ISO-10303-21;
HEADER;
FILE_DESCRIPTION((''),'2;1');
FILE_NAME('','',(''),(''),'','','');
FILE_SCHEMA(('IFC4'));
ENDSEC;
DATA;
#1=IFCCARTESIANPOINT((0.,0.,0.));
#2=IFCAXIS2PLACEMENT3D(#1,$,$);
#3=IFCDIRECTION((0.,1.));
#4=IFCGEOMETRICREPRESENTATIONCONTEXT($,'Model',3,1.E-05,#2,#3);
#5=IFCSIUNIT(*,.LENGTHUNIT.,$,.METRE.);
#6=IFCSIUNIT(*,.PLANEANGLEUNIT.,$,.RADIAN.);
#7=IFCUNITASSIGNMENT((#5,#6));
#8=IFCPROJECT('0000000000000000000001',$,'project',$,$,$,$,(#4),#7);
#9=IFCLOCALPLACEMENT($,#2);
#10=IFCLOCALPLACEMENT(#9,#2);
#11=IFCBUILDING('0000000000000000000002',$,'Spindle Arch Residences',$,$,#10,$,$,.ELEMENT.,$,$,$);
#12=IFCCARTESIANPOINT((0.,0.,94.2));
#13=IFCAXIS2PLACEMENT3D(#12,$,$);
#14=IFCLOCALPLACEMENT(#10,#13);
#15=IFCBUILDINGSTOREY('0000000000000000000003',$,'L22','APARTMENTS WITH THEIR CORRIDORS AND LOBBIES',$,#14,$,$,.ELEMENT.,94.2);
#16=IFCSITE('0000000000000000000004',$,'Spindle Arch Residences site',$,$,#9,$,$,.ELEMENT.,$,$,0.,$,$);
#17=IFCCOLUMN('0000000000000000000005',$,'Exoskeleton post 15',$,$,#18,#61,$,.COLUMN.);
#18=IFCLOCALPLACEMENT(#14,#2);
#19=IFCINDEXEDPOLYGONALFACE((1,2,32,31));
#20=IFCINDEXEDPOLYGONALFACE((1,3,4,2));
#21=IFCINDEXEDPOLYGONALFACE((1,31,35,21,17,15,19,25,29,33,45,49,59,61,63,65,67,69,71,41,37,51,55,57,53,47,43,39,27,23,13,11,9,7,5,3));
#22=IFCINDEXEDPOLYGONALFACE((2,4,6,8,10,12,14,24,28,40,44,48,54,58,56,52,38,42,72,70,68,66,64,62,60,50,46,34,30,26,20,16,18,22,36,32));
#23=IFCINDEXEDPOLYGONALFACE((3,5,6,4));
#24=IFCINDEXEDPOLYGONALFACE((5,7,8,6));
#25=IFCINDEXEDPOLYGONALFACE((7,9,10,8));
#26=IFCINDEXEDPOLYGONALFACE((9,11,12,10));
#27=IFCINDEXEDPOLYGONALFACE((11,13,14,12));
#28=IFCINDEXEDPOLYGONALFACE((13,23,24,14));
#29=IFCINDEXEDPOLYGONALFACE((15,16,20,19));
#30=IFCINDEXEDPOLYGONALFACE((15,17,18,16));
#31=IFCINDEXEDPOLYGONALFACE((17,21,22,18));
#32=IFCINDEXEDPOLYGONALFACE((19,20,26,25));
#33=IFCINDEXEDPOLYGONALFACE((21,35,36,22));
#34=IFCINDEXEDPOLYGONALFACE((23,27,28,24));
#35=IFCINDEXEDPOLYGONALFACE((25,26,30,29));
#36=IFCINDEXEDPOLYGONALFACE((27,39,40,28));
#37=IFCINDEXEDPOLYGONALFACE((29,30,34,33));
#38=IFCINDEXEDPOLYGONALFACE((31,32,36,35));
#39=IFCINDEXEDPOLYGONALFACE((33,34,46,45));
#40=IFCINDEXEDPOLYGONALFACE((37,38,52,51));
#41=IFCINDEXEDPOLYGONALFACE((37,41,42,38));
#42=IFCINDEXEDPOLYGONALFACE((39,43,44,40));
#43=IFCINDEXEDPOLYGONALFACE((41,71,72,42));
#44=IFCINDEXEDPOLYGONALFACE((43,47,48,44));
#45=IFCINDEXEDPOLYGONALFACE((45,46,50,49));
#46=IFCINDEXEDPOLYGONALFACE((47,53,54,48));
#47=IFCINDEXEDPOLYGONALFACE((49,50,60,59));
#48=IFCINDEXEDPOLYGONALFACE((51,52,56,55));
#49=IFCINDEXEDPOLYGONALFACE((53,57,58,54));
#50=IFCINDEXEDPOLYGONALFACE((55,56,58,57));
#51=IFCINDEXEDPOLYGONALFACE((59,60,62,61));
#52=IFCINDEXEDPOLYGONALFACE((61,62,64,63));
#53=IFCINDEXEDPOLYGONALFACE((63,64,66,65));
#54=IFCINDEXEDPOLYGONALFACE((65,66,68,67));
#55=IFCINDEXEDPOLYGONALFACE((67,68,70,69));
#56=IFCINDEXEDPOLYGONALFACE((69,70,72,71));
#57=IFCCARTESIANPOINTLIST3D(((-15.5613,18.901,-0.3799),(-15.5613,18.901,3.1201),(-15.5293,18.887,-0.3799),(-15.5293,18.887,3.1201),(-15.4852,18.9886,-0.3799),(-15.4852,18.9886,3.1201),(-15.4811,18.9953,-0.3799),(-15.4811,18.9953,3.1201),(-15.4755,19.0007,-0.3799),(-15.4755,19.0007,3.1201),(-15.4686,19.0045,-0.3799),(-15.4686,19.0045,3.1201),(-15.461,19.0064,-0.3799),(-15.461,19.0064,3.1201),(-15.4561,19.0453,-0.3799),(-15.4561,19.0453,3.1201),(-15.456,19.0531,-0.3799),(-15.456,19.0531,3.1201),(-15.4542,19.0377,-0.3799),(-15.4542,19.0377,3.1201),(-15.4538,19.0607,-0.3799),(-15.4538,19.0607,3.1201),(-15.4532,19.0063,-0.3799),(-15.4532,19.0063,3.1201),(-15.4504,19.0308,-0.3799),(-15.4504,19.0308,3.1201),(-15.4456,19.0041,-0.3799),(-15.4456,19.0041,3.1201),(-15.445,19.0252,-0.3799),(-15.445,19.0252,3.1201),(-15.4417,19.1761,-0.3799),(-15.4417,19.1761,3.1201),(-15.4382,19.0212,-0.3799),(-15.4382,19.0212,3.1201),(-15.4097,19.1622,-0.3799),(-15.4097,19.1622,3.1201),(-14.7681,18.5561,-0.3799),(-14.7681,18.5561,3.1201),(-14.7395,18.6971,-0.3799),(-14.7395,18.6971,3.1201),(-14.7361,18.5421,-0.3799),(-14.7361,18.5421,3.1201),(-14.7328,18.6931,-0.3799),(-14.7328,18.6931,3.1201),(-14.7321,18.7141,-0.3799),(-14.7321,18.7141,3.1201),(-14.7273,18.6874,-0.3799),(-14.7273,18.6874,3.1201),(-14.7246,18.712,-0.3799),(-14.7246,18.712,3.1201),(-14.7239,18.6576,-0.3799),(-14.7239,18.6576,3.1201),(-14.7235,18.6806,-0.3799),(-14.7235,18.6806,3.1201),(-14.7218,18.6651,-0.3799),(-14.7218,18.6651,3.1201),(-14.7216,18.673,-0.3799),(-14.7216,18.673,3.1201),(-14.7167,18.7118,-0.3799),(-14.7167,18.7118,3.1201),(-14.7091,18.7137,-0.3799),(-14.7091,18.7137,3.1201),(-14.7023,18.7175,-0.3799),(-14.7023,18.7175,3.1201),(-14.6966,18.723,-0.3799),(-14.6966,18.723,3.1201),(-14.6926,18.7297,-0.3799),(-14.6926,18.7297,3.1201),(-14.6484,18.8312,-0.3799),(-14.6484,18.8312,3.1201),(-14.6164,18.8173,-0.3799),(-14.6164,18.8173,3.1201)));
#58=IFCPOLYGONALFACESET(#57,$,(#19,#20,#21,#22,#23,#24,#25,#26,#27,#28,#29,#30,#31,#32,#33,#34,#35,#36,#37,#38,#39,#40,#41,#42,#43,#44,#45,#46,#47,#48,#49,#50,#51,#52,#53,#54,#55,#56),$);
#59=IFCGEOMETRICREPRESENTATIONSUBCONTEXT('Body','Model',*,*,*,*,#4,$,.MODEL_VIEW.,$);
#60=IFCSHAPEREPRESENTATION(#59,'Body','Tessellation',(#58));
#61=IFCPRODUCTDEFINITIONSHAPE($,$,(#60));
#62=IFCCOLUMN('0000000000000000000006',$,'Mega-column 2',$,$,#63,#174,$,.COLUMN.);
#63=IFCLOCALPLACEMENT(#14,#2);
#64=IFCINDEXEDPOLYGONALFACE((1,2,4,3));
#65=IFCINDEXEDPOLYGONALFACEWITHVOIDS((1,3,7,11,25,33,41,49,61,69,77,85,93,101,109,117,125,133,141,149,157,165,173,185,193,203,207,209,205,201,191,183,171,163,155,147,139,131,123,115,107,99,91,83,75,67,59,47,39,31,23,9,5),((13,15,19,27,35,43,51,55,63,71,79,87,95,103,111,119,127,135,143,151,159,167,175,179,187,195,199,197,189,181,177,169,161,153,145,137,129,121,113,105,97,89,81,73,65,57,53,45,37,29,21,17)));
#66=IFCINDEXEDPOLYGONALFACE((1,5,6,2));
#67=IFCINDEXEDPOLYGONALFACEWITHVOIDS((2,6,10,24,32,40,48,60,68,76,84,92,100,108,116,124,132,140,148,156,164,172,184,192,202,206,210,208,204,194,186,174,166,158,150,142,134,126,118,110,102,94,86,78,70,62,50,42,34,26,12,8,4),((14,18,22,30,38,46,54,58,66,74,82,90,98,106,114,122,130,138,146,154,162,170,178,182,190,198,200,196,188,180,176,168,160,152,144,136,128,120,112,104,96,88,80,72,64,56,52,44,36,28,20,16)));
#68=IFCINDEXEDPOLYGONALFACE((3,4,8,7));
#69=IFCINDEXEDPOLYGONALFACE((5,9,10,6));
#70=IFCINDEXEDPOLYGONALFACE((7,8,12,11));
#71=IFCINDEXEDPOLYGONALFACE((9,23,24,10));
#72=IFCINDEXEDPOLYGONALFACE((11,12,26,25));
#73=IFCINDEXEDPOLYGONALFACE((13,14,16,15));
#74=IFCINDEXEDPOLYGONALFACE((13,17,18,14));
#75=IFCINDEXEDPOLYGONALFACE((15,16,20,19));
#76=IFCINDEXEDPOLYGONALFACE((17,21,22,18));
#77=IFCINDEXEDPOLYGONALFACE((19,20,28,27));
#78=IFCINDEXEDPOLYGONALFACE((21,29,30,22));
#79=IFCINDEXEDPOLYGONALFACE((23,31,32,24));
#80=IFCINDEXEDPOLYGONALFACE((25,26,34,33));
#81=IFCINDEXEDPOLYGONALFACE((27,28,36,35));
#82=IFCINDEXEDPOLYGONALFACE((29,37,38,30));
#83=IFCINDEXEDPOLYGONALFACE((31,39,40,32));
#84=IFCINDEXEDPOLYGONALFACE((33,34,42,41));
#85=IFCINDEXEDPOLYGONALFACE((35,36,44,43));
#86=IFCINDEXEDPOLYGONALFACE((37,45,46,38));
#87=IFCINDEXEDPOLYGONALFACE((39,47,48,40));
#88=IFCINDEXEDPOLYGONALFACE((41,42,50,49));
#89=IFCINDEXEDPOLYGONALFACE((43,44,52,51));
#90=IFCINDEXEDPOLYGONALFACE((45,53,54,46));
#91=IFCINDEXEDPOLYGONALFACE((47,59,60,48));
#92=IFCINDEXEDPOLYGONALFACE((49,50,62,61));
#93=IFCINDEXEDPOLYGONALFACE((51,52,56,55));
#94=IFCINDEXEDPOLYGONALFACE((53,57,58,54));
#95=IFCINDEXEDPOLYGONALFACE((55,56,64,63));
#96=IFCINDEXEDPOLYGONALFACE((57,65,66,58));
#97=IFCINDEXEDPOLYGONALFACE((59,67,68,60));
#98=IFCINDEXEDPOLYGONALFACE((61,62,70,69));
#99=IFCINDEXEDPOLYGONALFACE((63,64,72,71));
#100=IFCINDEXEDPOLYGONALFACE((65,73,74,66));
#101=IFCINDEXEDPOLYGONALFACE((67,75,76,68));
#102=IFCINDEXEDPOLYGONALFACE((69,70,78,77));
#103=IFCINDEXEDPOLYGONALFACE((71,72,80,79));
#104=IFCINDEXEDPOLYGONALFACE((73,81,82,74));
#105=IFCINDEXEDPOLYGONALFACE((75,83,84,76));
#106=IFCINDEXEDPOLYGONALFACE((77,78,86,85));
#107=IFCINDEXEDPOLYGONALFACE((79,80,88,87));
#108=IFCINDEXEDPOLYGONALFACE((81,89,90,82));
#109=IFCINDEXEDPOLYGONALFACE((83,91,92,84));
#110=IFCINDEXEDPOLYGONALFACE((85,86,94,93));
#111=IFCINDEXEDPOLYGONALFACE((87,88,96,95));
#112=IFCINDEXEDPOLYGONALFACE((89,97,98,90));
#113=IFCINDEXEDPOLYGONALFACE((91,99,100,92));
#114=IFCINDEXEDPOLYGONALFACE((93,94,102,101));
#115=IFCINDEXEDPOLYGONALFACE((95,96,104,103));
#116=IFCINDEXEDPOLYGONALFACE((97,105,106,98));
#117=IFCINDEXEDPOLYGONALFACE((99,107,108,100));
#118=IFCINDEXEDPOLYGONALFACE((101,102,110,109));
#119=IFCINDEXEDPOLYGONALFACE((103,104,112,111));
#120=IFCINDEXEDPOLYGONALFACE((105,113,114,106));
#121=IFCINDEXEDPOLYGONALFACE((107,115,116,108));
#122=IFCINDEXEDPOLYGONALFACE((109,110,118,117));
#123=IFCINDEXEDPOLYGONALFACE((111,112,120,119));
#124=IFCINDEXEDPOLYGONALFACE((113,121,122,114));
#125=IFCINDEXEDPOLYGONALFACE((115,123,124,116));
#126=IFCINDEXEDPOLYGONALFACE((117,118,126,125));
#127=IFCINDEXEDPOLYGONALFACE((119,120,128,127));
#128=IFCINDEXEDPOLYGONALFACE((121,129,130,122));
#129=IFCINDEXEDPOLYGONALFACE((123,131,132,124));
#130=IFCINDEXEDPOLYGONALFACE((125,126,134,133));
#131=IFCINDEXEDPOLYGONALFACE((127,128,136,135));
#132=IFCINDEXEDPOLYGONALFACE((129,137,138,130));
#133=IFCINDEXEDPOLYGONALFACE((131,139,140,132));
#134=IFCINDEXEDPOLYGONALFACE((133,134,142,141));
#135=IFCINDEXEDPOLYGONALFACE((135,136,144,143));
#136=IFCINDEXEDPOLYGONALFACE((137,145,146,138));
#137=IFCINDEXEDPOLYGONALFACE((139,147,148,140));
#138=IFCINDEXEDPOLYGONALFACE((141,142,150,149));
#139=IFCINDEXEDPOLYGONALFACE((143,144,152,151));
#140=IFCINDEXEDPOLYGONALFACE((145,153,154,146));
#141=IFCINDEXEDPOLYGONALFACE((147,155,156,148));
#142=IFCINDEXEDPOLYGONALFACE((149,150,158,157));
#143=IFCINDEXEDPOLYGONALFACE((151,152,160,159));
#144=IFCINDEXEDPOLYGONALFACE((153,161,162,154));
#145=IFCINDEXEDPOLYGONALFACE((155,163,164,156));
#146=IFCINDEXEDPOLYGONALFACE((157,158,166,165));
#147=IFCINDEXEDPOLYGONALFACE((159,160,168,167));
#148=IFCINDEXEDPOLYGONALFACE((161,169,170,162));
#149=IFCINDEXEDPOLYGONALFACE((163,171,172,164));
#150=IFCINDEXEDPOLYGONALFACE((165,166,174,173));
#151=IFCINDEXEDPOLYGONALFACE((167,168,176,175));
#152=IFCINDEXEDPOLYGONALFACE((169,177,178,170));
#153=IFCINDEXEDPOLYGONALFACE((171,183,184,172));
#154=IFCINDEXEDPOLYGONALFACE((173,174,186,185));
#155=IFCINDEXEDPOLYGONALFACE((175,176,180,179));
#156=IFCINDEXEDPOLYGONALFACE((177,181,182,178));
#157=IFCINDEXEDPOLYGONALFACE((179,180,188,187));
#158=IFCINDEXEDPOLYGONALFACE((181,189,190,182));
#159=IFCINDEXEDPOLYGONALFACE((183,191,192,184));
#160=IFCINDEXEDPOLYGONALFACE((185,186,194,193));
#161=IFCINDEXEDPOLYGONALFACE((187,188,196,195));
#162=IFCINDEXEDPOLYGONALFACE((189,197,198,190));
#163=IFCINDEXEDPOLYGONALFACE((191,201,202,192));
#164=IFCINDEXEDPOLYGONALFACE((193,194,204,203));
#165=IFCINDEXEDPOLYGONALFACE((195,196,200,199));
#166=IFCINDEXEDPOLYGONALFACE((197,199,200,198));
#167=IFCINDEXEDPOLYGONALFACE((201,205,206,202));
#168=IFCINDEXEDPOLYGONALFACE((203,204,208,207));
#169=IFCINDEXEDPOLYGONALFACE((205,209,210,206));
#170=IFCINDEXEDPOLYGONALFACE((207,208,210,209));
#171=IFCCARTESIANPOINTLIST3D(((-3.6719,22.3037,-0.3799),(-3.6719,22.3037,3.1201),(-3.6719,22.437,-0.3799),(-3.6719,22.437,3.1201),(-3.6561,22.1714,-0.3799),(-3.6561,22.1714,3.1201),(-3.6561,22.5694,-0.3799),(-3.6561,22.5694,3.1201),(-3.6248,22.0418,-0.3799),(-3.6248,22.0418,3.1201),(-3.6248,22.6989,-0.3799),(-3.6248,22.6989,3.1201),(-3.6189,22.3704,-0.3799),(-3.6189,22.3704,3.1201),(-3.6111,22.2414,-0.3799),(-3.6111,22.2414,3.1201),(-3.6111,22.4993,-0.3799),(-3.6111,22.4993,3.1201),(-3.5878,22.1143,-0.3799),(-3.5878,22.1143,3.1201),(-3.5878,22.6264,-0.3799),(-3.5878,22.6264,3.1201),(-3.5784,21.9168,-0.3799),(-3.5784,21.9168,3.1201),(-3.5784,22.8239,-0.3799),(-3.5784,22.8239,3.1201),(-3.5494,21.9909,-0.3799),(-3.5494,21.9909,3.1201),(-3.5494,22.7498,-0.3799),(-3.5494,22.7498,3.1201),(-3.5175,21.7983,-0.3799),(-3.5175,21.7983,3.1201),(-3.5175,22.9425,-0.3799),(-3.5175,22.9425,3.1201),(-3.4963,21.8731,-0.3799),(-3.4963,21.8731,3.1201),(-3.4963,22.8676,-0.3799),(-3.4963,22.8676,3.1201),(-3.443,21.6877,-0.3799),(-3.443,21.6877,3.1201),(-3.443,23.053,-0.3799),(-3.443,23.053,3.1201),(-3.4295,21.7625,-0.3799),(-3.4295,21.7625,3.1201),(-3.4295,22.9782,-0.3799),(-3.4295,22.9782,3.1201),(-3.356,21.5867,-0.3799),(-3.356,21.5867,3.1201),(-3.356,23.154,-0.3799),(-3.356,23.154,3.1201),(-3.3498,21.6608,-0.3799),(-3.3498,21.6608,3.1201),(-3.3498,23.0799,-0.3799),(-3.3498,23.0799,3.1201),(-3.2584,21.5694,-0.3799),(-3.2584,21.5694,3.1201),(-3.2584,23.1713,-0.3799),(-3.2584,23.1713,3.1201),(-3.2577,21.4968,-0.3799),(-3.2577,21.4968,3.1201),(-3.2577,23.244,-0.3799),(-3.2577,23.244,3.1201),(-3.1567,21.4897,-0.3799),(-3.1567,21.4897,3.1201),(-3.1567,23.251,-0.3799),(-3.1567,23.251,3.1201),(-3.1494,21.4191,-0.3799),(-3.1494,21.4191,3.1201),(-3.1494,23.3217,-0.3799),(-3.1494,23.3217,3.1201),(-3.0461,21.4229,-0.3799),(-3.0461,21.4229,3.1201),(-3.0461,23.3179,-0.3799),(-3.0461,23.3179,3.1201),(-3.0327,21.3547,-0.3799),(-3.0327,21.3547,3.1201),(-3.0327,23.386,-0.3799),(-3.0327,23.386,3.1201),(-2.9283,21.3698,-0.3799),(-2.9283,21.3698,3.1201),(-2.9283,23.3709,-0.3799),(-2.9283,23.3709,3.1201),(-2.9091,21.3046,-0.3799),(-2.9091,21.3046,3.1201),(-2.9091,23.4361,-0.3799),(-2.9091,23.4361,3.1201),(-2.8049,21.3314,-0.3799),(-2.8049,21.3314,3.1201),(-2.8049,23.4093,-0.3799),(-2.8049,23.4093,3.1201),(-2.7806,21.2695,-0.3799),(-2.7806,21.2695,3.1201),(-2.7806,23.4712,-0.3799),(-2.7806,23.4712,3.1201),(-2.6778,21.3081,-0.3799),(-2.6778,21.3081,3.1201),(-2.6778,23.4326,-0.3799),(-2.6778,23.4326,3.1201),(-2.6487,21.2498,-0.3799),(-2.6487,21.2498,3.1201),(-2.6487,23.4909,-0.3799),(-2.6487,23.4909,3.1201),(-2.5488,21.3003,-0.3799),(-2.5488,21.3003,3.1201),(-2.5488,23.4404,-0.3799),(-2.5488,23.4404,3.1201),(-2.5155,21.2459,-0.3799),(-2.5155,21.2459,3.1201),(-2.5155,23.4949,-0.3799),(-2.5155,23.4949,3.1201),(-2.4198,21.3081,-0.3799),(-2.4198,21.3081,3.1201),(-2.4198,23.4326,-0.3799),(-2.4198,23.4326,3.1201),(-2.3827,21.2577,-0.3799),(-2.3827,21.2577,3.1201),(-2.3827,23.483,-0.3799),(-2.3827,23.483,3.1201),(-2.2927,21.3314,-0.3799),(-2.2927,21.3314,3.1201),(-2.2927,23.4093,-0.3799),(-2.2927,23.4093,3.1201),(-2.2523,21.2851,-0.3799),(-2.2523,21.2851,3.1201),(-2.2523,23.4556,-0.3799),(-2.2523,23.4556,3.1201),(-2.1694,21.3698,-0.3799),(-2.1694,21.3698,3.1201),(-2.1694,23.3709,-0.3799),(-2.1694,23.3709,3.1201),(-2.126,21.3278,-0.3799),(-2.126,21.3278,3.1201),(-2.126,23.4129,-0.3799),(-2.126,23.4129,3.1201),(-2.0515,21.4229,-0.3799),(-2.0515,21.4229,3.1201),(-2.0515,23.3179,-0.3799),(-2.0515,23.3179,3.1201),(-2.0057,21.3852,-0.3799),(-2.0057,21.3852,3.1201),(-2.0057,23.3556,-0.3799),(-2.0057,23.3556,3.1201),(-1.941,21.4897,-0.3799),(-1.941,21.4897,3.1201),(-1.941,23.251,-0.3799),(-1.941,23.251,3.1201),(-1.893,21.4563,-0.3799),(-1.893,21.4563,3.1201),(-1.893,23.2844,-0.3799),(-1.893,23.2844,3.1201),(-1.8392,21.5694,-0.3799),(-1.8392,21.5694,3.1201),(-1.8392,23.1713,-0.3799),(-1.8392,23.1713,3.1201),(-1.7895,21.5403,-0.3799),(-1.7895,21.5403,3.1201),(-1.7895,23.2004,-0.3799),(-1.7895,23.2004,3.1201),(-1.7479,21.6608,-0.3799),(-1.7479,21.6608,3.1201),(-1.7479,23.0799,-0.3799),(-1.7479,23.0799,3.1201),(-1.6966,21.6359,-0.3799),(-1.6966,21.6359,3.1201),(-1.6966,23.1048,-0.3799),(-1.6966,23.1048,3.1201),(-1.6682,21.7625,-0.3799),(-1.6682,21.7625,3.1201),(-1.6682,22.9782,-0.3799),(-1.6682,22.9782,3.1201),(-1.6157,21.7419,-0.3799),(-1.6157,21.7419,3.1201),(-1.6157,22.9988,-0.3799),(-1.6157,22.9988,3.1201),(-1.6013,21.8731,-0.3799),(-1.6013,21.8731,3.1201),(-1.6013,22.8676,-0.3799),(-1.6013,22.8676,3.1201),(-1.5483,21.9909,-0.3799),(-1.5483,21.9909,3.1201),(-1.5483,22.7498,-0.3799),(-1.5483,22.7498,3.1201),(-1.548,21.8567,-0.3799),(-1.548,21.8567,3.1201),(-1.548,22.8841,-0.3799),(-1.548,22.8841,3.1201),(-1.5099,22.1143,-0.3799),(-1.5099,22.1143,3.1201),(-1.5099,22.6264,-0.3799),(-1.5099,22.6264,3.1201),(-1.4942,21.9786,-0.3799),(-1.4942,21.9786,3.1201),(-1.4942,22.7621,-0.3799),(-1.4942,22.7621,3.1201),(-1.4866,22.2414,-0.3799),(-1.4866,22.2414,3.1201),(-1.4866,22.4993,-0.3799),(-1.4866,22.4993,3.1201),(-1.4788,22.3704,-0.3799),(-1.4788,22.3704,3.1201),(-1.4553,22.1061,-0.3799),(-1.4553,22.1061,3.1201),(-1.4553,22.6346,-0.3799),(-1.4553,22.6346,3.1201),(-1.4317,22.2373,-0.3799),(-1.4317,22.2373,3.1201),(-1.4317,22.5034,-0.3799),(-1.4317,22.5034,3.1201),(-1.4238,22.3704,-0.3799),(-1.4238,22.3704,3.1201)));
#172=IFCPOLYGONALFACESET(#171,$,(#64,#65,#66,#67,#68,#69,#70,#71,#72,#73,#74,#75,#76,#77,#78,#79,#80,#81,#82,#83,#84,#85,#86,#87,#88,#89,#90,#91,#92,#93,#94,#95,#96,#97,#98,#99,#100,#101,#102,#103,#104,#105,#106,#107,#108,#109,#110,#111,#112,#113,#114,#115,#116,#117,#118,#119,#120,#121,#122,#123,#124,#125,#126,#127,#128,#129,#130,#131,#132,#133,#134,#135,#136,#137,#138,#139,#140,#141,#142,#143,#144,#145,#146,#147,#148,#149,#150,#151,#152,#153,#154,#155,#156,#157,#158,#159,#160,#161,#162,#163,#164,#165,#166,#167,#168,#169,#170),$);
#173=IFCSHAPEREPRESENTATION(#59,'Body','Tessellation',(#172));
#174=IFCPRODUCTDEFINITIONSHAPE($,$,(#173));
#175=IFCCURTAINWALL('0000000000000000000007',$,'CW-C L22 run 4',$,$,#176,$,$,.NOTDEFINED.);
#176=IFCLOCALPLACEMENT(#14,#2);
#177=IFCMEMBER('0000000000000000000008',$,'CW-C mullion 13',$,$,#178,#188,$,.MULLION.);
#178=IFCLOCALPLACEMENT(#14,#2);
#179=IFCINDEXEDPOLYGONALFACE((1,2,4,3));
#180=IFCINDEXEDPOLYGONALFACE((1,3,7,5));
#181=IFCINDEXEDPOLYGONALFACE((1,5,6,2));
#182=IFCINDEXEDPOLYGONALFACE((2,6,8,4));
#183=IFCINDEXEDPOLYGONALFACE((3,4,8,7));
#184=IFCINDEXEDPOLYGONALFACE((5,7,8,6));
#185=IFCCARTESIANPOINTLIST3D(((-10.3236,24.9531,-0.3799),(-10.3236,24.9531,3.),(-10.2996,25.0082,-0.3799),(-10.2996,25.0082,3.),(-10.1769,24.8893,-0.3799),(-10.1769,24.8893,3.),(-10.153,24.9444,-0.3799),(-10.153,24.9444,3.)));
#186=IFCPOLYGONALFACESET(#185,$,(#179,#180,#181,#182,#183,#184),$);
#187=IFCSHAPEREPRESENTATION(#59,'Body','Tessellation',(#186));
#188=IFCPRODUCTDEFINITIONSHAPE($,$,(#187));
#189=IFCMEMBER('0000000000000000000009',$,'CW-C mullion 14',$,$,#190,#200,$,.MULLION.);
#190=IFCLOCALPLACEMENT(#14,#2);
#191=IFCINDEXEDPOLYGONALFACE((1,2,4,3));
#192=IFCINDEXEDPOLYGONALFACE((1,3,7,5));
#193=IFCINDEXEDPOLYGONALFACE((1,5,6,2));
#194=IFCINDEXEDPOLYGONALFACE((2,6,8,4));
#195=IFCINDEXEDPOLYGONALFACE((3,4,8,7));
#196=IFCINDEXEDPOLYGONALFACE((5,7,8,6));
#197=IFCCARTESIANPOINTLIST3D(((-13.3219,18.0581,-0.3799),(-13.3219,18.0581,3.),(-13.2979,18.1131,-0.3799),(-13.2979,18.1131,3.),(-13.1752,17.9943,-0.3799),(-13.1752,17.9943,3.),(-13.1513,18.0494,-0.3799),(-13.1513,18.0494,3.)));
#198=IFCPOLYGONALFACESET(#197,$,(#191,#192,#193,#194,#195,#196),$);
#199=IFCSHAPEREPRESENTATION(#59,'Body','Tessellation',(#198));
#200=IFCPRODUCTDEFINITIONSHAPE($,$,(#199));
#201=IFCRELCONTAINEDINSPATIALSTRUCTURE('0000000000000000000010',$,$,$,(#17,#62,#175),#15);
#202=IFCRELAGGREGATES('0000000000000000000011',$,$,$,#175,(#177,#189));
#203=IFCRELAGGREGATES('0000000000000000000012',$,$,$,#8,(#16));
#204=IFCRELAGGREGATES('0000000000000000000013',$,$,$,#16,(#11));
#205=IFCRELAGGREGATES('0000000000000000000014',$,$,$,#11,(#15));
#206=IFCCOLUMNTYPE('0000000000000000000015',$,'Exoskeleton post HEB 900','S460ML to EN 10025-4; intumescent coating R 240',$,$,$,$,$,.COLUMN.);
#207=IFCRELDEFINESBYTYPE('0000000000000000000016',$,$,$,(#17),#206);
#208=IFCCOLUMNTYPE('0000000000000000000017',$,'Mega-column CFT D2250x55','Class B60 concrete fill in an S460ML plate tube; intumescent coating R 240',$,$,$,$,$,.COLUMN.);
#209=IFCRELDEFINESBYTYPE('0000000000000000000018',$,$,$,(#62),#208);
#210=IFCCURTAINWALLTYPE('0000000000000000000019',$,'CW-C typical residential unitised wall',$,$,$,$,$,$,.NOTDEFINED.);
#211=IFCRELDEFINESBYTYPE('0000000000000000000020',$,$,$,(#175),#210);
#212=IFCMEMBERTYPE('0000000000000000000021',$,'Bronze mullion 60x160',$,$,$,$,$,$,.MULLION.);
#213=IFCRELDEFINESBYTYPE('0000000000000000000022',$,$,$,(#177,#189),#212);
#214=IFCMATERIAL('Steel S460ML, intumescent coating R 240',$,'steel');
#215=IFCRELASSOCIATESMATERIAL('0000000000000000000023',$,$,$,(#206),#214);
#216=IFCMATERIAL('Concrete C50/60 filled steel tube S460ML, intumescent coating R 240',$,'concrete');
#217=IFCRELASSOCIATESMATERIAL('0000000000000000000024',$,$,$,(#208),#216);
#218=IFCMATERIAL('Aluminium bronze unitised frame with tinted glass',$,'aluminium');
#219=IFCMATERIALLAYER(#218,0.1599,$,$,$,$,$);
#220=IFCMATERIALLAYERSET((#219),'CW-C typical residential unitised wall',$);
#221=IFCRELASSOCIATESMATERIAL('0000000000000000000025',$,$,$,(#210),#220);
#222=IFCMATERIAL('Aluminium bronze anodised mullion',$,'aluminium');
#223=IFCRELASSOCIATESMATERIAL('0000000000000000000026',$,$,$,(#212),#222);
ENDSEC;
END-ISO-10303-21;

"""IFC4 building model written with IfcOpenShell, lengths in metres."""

from ifc_helpers import new_model, si_unit, direction, frame, origin, origin_2d, place, context, subcontext, project, spatial, rectangle, hollow_circle, i_section, extrude, material, layer, layer_set, material_profile, profile_set, type_object, element, aggregate, save


model = new_model("IFC4")

# Units and contexts
model_context = context("Model", 3, precision=1e-05, world=origin(), true_north=direction((0.0, 1.0)))
body_context = subcontext(model_context, "Body", "Model", "MODEL_VIEW")
ifc_project = project(units=[si_unit("LENGTHUNIT", "METRE"), si_unit("PLANEANGLEUNIT", "RADIAN")], contexts=[model_context])

# Site, building, storey
site_placement = place(None, origin())
site = spatial("IfcSite", under=ifc_project, at=site_placement, Name="Spindle Arch Residences site", CompositionType="ELEMENT", RefElevation=0.0)
building_placement = place(site_placement, origin())
building = spatial("IfcBuilding", under=site, at=building_placement, Name="Spindle Arch Residences", CompositionType="ELEMENT")
storey_placement = place(building_placement, frame((0.0, 0.0, 94.2)))
storey = spatial("IfcBuildingStorey", under=building, at=storey_placement, Name="L22", Description="APARTMENTS WITH THEIR CORRIDORS AND LOBBIES", CompositionType="ELEMENT", Elevation=94.2)

# Columns
ifc_material_1 = material(Name="Steel S460ML, intumescent coating R 240", Category="steel")
ifc_material_profile_1 = material_profile(ifc_material_1, i_section(OverallWidth=0.3, OverallDepth=0.8999, WebThickness=0.0186, FlangeThickness=0.0349, FilletRadius=0.03, at=origin_2d()), Name="HEB 900")
ifc_profile_set_1 = profile_set([ifc_material_profile_1], Name="Steel S460ML, intumescent coating R 240")
column_type_1 = type_object("IfcColumnType", Name="Exoskeleton post HEB 900", Description="S460ML to EN 10025-4; intumescent coating R 240", PredefinedType="COLUMN", material=ifc_profile_set_1)
column_1_placement = place(storey_placement, frame((-15.0889, 18.8591, -0.3799), z_axis=(0.0, 0.0, 1.0), x_axis=(0.398749, 0.91706, 0.0)))
element("IfcColumn", 1, at=column_1_placement, inside=storey, type_object=column_type_1, Name="Exoskeleton post 15", PredefinedType="COLUMN", context=body_context, shape_type="SweptSolid", body=[
    extrude(i_section(OverallWidth=0.3, OverallDepth=0.8999, WebThickness=0.0186, FlangeThickness=0.0349, FilletRadius=0.03, at=origin_2d()), origin(), (0.0, 0.0, 1.0), 3.5),
])
ifc_material_2 = material(Name="Concrete C50/60 filled steel tube S460ML, intumescent coating R 240", Category="concrete")
ifc_material_profile_2 = material_profile(ifc_material_2, hollow_circle(Radius=1.125, WallThickness=0.0549, at=origin_2d()), Name="CFT D2250x55")
ifc_profile_set_2 = profile_set([ifc_material_profile_2], Name="Concrete C50/60 filled steel tube S460ML, intumescent coating R 240")
column_type_2 = type_object("IfcColumnType", Name="Mega-column CFT D2250x55", Description="Class B60 concrete fill in an S460ML plate tube; intumescent coating R 240", PredefinedType="COLUMN", material=ifc_profile_set_2)
column_2_placement = place(storey_placement, frame((-2.5488, 22.3704, -0.3799), z_axis=(0.0, 0.0, 1.0), x_axis=(1.0, 0.0, 0.0)))
element("IfcColumn", 2, at=column_2_placement, inside=storey, type_object=column_type_2, Name="Mega-column 2", PredefinedType="COLUMN", context=body_context, shape_type="SweptSolid", body=[
    extrude(hollow_circle(Radius=1.125, WallThickness=0.0549, at=origin_2d()), origin(), (0.0, 0.0, 1.0), 3.5),
])

# Curtain wall, members
ifc_material_3 = material(Name="Aluminium bronze unitised frame with tinted glass", Category="aluminium")
ifc_layer_1 = layer(ifc_material_3, 0.1599)
ifc_layer_set_1 = layer_set([ifc_layer_1], Name="CW-C typical residential unitised wall")
curtain_wall_type = type_object("IfcCurtainWallType", Name="CW-C typical residential unitised wall", PredefinedType="NOTDEFINED", material=ifc_layer_set_1)
curtain_wall_placement = place(storey_placement, origin())
curtain_wall = element("IfcCurtainWall", 3, at=curtain_wall_placement, inside=storey, type_object=curtain_wall_type, Name="CW-C L22 run 4", PredefinedType="NOTDEFINED")
ifc_material_4 = material(Name="Aluminium bronze anodised mullion", Category="aluminium")
ifc_material_profile_3 = material_profile(ifc_material_4, rectangle(XDim=0.1599, YDim=0.0601, at=origin_2d()), Name="MU 60x160")
ifc_profile_set_3 = profile_set([ifc_material_profile_3], Name="Aluminium bronze anodised mullion")
member_type_1 = type_object("IfcMemberType", Name="Bronze mullion 60x160", PredefinedType="MULLION", material=ifc_profile_set_3)
member_1_placement = place(storey_placement, frame((-10.2383, 24.9487, -0.3799), z_axis=(0.0, 0.0, 1.0), x_axis=(0.91706, -0.398749, 0.0)))
member_1 = element("IfcMember", 4, at=member_1_placement, type_object=member_type_1, Name="CW-C mullion 13", PredefinedType="MULLION", context=body_context, shape_type="SweptSolid", body=[
    extrude(rectangle(XDim=0.1599, YDim=0.0601, at=origin_2d()), origin(), (0.0, 0.0, 1.0), 3.3799),
])
member_2_placement = place(storey_placement, frame((-13.2366, 18.0537, -0.3799), z_axis=(0.0, 0.0, 1.0), x_axis=(0.91706, -0.398749, 0.0)))
member_2 = element("IfcMember", 5, at=member_2_placement, type_object=member_type_1, Name="CW-C mullion 14", PredefinedType="MULLION", context=body_context, shape_type="SweptSolid", body=[
    extrude(rectangle(XDim=0.1599, YDim=0.0601, at=origin_2d()), origin(), (0.0, 0.0, 1.0), 3.3799),
])

aggregate(curtain_wall, [member_1, member_2])

save(model, "model.ifc")
